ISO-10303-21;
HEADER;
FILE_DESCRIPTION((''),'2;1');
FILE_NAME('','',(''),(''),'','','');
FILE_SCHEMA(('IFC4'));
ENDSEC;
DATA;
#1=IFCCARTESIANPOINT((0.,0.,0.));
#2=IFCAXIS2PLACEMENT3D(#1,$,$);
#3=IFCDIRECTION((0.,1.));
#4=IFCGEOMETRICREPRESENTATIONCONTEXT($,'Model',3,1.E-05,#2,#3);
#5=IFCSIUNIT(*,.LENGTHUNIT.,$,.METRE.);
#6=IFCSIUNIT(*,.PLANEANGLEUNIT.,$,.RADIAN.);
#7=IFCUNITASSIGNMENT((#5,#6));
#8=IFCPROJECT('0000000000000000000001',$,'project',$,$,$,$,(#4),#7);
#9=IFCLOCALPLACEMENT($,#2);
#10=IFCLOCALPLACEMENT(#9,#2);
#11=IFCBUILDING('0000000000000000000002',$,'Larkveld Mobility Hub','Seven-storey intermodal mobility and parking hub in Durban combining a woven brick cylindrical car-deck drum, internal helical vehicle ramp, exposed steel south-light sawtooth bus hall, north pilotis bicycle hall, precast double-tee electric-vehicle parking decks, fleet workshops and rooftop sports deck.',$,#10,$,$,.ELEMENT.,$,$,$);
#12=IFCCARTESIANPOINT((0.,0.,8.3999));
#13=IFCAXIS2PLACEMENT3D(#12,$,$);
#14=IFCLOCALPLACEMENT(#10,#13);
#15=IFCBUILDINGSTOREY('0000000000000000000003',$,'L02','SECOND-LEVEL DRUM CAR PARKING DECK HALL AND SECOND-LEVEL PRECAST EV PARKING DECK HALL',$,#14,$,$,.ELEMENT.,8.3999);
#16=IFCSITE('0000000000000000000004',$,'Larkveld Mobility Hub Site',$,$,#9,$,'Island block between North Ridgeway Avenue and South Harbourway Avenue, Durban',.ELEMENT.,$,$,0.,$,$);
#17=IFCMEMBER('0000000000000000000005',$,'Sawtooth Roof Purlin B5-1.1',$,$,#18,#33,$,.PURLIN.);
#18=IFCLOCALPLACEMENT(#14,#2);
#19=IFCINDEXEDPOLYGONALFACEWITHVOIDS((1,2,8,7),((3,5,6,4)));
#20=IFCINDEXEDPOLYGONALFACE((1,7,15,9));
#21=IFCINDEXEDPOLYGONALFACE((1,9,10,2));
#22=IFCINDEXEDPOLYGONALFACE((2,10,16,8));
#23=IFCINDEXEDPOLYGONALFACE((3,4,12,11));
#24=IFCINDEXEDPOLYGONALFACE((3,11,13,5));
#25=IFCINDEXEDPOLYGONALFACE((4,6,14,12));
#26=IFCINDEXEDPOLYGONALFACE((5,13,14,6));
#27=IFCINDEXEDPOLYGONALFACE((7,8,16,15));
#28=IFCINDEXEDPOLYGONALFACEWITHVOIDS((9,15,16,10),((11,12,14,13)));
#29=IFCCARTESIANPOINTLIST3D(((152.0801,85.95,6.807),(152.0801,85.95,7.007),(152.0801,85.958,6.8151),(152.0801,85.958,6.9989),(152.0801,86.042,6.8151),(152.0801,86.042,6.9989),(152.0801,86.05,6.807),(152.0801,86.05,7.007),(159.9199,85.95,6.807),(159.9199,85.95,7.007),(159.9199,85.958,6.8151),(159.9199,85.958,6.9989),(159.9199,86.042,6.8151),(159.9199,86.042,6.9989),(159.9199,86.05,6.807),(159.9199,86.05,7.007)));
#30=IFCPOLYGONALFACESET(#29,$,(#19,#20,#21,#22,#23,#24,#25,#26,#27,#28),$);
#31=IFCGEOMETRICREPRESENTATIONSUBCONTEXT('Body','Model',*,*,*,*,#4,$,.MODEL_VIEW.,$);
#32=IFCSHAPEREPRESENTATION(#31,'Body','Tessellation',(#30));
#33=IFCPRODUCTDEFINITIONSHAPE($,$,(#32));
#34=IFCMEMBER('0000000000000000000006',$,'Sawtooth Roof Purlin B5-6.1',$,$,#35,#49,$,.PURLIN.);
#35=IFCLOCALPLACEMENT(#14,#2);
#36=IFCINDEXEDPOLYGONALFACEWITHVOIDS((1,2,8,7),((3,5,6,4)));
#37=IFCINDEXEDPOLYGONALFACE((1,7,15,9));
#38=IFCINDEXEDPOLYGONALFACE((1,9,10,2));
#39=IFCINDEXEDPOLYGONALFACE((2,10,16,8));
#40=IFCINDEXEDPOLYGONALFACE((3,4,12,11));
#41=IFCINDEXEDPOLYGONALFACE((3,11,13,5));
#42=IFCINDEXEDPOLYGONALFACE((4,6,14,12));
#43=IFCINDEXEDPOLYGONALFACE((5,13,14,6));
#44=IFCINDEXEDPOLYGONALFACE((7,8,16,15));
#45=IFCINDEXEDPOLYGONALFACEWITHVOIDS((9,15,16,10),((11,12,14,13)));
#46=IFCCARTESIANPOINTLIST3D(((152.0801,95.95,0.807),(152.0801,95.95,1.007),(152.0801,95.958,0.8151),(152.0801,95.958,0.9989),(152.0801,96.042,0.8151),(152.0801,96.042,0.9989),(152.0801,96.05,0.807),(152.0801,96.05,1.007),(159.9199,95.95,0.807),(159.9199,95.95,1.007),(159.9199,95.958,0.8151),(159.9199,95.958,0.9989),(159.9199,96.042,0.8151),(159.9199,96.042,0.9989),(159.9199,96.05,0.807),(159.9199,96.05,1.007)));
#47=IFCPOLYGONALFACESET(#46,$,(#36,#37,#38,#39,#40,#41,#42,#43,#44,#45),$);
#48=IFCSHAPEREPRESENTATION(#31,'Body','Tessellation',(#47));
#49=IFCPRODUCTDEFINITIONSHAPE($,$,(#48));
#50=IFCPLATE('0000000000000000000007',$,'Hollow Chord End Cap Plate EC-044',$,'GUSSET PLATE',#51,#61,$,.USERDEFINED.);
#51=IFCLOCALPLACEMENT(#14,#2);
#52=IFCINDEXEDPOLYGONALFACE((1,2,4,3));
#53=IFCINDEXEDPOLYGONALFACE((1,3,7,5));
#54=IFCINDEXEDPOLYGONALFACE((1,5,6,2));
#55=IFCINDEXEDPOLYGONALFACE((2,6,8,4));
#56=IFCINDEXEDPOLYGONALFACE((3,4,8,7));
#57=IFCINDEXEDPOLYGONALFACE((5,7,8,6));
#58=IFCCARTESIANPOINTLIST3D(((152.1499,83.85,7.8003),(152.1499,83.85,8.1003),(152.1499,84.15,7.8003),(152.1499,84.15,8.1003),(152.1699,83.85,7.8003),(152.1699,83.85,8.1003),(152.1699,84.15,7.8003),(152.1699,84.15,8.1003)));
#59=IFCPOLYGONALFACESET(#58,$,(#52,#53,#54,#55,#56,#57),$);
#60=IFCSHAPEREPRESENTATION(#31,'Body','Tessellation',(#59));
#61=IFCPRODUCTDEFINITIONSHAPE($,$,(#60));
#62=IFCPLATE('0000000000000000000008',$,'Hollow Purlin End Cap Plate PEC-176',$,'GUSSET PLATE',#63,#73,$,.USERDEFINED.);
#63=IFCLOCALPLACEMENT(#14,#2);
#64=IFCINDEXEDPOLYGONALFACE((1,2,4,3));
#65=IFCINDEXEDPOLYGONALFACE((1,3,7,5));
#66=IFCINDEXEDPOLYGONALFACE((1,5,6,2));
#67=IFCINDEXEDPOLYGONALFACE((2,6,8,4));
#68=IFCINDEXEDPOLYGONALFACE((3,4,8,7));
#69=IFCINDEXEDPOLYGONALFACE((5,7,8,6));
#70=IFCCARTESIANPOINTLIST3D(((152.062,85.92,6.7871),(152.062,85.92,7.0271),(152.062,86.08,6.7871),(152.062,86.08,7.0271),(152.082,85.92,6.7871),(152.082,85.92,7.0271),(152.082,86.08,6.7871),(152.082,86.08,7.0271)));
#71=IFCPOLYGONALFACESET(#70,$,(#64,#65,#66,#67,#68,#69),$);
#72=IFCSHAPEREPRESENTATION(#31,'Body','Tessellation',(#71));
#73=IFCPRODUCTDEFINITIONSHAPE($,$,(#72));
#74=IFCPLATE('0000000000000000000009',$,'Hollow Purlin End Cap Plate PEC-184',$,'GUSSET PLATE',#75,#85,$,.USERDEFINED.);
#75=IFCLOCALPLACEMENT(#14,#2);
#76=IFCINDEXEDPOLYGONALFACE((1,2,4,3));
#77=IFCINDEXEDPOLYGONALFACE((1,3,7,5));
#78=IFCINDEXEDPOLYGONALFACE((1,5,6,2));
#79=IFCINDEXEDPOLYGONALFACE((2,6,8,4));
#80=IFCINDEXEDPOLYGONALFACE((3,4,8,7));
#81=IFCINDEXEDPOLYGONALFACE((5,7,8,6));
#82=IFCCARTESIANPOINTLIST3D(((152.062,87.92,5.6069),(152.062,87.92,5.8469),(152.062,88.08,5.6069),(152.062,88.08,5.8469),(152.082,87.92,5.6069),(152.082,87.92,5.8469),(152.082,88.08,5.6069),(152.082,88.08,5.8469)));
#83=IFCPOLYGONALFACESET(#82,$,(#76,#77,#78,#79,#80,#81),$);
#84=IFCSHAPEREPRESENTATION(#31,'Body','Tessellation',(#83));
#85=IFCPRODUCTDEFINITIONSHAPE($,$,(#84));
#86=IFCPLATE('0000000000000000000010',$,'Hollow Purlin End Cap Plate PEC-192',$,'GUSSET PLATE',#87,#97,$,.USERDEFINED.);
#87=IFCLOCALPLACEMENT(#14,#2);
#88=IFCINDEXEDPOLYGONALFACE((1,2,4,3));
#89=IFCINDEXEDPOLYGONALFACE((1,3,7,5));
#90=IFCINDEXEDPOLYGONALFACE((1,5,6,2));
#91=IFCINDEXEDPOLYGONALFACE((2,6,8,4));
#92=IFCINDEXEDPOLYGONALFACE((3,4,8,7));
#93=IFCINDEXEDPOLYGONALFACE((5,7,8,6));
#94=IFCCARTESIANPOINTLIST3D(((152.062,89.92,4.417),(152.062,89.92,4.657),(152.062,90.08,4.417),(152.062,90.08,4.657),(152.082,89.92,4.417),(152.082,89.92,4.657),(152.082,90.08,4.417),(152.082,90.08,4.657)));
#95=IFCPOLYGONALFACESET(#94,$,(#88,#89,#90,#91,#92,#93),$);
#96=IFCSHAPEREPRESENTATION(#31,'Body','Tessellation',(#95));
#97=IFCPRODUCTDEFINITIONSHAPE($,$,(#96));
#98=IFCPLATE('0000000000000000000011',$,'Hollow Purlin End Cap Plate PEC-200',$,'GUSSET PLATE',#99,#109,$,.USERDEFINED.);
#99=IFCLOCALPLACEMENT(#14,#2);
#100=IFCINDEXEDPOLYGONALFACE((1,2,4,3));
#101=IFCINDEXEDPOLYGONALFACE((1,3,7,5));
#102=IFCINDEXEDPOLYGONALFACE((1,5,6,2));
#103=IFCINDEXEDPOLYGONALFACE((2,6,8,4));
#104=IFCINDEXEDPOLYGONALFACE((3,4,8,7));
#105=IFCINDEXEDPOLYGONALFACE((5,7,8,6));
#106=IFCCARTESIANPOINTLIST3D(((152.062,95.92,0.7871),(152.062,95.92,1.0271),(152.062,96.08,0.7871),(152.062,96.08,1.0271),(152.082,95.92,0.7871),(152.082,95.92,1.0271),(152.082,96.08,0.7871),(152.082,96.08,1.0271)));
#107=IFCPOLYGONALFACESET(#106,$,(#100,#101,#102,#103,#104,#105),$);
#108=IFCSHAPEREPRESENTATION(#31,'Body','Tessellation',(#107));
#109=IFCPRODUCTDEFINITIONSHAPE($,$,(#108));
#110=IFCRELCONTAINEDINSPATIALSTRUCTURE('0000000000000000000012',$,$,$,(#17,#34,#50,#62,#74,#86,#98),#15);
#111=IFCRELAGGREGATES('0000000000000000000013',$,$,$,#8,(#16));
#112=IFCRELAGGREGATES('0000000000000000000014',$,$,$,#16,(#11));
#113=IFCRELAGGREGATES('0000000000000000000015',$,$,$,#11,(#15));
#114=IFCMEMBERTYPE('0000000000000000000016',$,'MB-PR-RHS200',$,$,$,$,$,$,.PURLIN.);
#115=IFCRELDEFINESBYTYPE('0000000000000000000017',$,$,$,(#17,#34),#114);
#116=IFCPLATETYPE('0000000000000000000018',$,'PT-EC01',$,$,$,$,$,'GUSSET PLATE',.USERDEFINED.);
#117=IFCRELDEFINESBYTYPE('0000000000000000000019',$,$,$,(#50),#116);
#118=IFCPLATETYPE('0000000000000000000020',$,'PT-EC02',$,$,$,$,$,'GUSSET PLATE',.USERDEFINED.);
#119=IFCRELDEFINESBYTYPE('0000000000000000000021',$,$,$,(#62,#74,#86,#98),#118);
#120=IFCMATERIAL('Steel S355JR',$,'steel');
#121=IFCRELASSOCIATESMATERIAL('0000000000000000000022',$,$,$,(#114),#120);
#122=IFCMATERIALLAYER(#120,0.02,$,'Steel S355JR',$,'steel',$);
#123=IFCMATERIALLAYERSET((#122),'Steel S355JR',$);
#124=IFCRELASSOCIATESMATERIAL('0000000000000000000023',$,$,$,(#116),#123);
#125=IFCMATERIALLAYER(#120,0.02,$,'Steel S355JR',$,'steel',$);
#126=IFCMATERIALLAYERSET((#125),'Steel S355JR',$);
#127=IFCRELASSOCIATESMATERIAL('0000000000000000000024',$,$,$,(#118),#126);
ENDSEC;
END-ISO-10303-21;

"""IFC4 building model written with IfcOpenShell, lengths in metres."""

from ifc_helpers import new_model, si_unit, direction, frame, origin, origin_2d, place, context, subcontext, project, spatial, rectangle, hollow_rectangle, extrude, material, layer, layer_set, material_profile, profile_set, type_object, element, save


model = new_model("IFC4")

# Units and contexts
model_context = context("Model", 3, precision=1e-05, world=origin(), true_north=direction((0.0, 1.0)))
body_context = subcontext(model_context, "Body", "Model", "MODEL_VIEW")
ifc_project = project(units=[si_unit("LENGTHUNIT", "METRE"), si_unit("PLANEANGLEUNIT", "RADIAN")], contexts=[model_context])

# Site, building, storey
site_placement = place(None, origin())
site = spatial("IfcSite", under=ifc_project, at=site_placement, Name="Larkveld Mobility Hub Site", LongName="Island block between North Ridgeway Avenue and South Harbourway Avenue, Durban", CompositionType="ELEMENT", RefElevation=0.0)
building_placement = place(site_placement, origin())
building = spatial("IfcBuilding", under=site, at=building_placement, Name="Larkveld Mobility Hub", Description="Seven-storey intermodal mobility and parking hub in Durban combining a woven brick cylindrical car-deck drum, internal helical vehicle ramp, exposed steel south-light sawtooth bus hall, north pilotis bicycle hall, precast double-tee electric-vehicle parking decks, fleet workshops and rooftop sports deck.", CompositionType="ELEMENT")
storey_placement = place(building_placement, frame((0.0, 0.0, 8.3999)))
storey = spatial("IfcBuildingStorey", under=building, at=storey_placement, Name="L02", Description="SECOND-LEVEL DRUM CAR PARKING DECK HALL AND SECOND-LEVEL PRECAST EV PARKING DECK HALL", CompositionType="ELEMENT", Elevation=8.3999)

# Shared definitions
ifc_material_1 = material(Name="Steel S355JR", Category="steel")

# Members
ifc_material_profile_1 = material_profile(ifc_material_1, hollow_rectangle(XDim=0.1001, YDim=0.2, WallThickness=0.0081, at=origin_2d()), Name="RHS 200x100x8")
ifc_profile_set_1 = profile_set([ifc_material_profile_1], Name="Steel S355JR")
member_type_1 = type_object("IfcMemberType", Name="MB-PR-RHS200", PredefinedType="PURLIN", material=ifc_profile_set_1)
for number, where, z_axis, x_axis, name in (
    (1, (152.0801, 86.0, 6.907), (1.0, 0.0, 0.0), (0.0, 1.0, 0.0), "Sawtooth Roof Purlin B5-1.1"),
    (2, (152.0801, 96.0, 0.907), (1.0, 0.0, 0.0), (0.0, 1.0, 0.0), "Sawtooth Roof Purlin B5-6.1"),
):
    element("IfcMember", number, at=place(storey_placement, frame(where, z_axis=z_axis, x_axis=x_axis)), inside=storey, type_object=member_type_1, Name=name, PredefinedType="PURLIN", context=body_context, shape_type="SweptSolid", body=[
        extrude(hollow_rectangle(XDim=0.1001, YDim=0.2, WallThickness=0.0081, at=origin_2d()), origin(), (0.0, 0.0, 1.0), 7.8398),
    ])

# Plates
ifc_layer_1 = layer(ifc_material_1, 0.02, Name="Steel S355JR", Category="steel")
ifc_layer_set_1 = layer_set([ifc_layer_1], Name="Steel S355JR")
plate_type_1 = type_object("IfcPlateType", Name="PT-EC01", ElementType="GUSSET PLATE", PredefinedType="USERDEFINED", material=ifc_layer_set_1)
plate_placement = place(storey_placement, frame((152.1599, 84.0, 7.8003), z_axis=(0.0, 0.0, 1.0), x_axis=(1.0, 0.0, 0.0)))
element("IfcPlate", 3, at=plate_placement, inside=storey, type_object=plate_type_1, Name="Hollow Chord End Cap Plate EC-044", ObjectType="GUSSET PLATE", PredefinedType="USERDEFINED", context=body_context, shape_type="SweptSolid", body=[
    extrude(rectangle(XDim=0.02, YDim=0.3, at=origin_2d()), origin(), (0.0, 0.0, 1.0), 0.3),
])
ifc_layer_2 = layer(ifc_material_1, 0.02, Name="Steel S355JR", Category="steel")
ifc_layer_set_2 = layer_set([ifc_layer_2], Name="Steel S355JR")
plate_type_2 = type_object("IfcPlateType", Name="PT-EC02", ElementType="GUSSET PLATE", PredefinedType="USERDEFINED", material=ifc_layer_set_2)
for number, where, z_axis, x_axis, name in (
    (4, (152.072, 86.0, 6.7871), (0.0, 0.0, 1.0), (1.0, 0.0, 0.0), "Hollow Purlin End Cap Plate PEC-176"),
    (5, (152.072, 88.0, 5.6069), (0.0, 0.0, 1.0), (1.0, 0.0, 0.0), "Hollow Purlin End Cap Plate PEC-184"),
    (6, (152.072, 90.0, 4.417), (0.0, 0.0, 1.0), (1.0, 0.0, 0.0), "Hollow Purlin End Cap Plate PEC-192"),
    (7, (152.072, 96.0, 0.7871), (0.0, 0.0, 1.0), (1.0, 0.0, 0.0), "Hollow Purlin End Cap Plate PEC-200"),
):
    element("IfcPlate", number, at=place(storey_placement, frame(where, z_axis=z_axis, x_axis=x_axis)), inside=storey, type_object=plate_type_2, Name=name, ObjectType="GUSSET PLATE", PredefinedType="USERDEFINED", context=body_context, shape_type="SweptSolid", body=[
        extrude(rectangle(XDim=0.02, YDim=0.1599, at=origin_2d()), origin(), (0.0, 0.0, 1.0), 0.24),
    ])

save(model, "model.ifc")
